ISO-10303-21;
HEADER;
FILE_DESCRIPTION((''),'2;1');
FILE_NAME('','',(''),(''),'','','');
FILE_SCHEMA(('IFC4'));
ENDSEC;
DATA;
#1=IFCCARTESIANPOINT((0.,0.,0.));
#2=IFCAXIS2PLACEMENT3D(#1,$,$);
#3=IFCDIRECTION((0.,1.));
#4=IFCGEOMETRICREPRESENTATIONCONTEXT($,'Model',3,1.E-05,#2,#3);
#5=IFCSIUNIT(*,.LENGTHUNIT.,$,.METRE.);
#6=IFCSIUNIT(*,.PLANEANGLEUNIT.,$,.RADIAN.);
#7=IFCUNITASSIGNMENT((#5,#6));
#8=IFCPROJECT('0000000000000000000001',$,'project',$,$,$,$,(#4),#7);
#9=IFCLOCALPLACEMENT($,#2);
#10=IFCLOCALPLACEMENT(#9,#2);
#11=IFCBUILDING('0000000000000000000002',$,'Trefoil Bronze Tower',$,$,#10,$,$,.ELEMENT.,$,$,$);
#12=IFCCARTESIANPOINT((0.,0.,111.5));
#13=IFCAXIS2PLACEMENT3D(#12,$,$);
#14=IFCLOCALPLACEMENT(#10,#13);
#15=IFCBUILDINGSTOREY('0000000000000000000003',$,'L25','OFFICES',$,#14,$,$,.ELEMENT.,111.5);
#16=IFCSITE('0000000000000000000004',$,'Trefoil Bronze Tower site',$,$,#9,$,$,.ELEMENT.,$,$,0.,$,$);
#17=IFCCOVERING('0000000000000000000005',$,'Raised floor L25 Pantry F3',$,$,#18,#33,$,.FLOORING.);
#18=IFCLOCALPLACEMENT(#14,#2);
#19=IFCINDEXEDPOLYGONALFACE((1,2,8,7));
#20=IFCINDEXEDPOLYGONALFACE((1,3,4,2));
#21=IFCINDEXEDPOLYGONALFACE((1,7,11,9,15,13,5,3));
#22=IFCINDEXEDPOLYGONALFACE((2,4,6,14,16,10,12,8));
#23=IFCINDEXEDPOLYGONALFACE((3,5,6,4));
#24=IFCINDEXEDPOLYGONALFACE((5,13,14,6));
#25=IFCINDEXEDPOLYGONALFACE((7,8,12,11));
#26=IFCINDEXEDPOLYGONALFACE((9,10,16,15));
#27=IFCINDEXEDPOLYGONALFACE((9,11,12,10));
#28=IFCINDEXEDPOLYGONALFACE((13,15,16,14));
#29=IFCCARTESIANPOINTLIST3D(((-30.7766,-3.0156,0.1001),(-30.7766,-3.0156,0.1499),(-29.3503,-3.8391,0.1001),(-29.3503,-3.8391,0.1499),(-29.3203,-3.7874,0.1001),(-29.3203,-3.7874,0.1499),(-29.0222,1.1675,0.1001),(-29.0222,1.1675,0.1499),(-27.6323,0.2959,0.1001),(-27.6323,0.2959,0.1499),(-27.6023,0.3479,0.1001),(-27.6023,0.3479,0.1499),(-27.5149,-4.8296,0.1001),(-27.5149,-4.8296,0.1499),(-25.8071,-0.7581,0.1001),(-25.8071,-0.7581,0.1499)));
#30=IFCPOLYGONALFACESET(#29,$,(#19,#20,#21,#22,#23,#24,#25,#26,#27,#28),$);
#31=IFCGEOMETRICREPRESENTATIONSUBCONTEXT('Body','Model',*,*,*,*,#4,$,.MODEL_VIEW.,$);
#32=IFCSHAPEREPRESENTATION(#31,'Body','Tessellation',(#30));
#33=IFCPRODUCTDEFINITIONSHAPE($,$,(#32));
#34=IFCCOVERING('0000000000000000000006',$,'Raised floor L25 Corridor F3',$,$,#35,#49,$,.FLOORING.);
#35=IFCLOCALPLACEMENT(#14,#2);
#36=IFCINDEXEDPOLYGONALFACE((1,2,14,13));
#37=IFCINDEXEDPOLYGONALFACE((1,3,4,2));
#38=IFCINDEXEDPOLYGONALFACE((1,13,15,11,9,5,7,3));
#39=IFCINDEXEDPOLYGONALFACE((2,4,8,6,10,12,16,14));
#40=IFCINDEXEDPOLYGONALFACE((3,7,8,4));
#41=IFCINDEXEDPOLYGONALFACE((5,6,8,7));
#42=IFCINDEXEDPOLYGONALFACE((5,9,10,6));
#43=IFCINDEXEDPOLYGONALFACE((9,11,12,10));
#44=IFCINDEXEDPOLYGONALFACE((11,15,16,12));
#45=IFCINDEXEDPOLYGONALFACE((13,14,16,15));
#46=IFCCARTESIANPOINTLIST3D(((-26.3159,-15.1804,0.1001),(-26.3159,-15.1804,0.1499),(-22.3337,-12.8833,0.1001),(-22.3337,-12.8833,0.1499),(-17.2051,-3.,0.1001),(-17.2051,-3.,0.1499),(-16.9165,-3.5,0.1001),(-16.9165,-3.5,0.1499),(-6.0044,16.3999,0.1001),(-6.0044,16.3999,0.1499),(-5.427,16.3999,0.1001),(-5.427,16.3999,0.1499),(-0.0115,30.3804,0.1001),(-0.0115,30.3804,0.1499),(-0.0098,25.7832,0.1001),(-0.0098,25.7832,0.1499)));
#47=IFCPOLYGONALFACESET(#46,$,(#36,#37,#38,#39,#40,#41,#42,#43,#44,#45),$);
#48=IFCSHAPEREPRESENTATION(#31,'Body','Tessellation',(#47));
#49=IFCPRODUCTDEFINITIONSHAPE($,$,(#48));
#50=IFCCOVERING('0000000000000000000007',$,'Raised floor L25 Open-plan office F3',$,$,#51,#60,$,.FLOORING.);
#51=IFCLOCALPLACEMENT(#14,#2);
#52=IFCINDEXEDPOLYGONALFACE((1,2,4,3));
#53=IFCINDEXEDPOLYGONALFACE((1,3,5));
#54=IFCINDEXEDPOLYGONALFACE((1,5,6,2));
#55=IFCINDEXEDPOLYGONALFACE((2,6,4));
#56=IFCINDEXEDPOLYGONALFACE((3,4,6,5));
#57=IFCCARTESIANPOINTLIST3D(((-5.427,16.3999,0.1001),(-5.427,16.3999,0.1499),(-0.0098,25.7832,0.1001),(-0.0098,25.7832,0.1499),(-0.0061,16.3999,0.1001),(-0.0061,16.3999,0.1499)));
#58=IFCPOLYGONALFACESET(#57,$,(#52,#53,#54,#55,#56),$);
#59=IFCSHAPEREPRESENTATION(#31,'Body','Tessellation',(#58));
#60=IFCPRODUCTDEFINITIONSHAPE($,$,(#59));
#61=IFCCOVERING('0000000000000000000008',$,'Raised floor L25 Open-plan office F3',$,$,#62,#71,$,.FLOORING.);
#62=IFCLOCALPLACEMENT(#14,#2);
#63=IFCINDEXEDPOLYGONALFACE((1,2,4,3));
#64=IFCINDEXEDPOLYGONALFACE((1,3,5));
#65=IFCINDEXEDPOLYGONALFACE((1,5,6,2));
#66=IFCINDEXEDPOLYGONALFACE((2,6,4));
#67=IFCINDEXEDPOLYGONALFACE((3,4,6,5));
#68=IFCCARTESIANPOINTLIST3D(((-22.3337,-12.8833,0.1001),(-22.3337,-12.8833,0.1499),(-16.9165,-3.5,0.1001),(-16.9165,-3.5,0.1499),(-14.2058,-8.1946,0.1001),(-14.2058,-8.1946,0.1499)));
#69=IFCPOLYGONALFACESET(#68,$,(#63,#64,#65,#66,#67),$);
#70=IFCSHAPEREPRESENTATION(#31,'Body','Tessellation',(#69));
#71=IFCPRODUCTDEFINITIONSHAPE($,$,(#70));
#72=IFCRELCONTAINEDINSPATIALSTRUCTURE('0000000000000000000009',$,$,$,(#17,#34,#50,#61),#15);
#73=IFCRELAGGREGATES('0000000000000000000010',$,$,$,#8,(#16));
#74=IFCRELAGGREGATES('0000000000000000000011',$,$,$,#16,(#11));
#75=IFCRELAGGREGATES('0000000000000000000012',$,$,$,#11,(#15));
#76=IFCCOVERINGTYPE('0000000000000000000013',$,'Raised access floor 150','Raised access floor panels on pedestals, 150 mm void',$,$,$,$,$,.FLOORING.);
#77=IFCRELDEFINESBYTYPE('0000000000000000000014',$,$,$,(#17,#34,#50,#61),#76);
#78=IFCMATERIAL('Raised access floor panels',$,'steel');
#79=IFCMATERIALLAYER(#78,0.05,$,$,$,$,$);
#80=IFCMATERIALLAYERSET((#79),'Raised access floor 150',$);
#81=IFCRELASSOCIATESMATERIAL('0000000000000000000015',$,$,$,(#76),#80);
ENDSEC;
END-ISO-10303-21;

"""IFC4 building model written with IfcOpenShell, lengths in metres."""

from ifc_helpers import new_model, si_unit, direction, frame, origin, place, context, subcontext, project, spatial, polyline, outline, extrude, material, layer, layer_set, type_object, element, save


model = new_model("IFC4")

# Units and contexts
model_context = context("Model", 3, precision=1e-05, world=origin(), true_north=direction((0.0, 1.0)))
body_context = subcontext(model_context, "Body", "Model", "MODEL_VIEW")
ifc_project = project(units=[si_unit("LENGTHUNIT", "METRE"), si_unit("PLANEANGLEUNIT", "RADIAN")], contexts=[model_context])

# Site, building, storey
site_placement = place(None, origin())
site = spatial("IfcSite", under=ifc_project, at=site_placement, Name="Trefoil Bronze Tower site", CompositionType="ELEMENT", RefElevation=0.0)
building_placement = place(site_placement, origin())
building = spatial("IfcBuilding", under=site, at=building_placement, Name="Trefoil Bronze Tower", CompositionType="ELEMENT")
storey_placement = place(building_placement, frame((0.0, 0.0, 111.5)))
storey = spatial("IfcBuildingStorey", under=building, at=storey_placement, Name="L25", Description="OFFICES", CompositionType="ELEMENT", Elevation=111.5)

# Coverings
ifc_material_1 = material(Name="Raised access floor panels", Category="steel")
ifc_layer_1 = layer(ifc_material_1, 0.05)
ifc_layer_set_1 = layer_set([ifc_layer_1], Name="Raised access floor 150")
covering_type_1 = type_object("IfcCoveringType", Name="Raised access floor 150", Description="Raised access floor panels on pedestals, 150 mm void", PredefinedType="FLOORING", material=ifc_layer_set_1)
covering_1_placement = place(storey_placement, frame((0.0, 0.0, 0.1001)))
element("IfcCovering", 1, at=covering_1_placement, inside=storey, type_object=covering_type_1, Name="Raised floor L25 Pantry F3", PredefinedType="FLOORING", context=body_context, shape_type="SweptSolid", body=[
    extrude(outline(polyline([(-30.7766, -3.0156), (-29.0222, 1.1675), (-27.6023, 0.3479), (-27.6323, 0.2959), (-25.8071, -0.7581), (-27.5149, -4.8296), (-29.3203, -3.7874), (-29.3503, -3.8391), (-30.7766, -3.0156)])), origin(), (0.0, 0.0, 1.0), 0.0498),
])
covering_2_placement = place(storey_placement, frame((0.0, 0.0, 0.1001)))
element("IfcCovering", 2, at=covering_2_placement, inside=storey, type_object=covering_type_1, Name="Raised floor L25 Corridor F3", PredefinedType="FLOORING", context=body_context, shape_type="SweptSolid", body=[
    extrude(outline(polyline([(-0.0115, 30.3804), (-0.0098, 25.7832), (-5.427, 16.3999), (-6.0044, 16.3999), (-17.2051, -3.0), (-16.9165, -3.5), (-22.3337, -12.8833), (-26.3159, -15.1804), (-0.0115, 30.3804)])), origin(), (0.0, 0.0, 1.0), 0.0498),
])
covering_3_placement = place(storey_placement, frame((0.0, 0.0, 0.1001)))
element("IfcCovering", 3, at=covering_3_placement, inside=storey, type_object=covering_type_1, Name="Raised floor L25 Open-plan office F3", PredefinedType="FLOORING", context=body_context, shape_type="SweptSolid", body=[
    extrude(outline(polyline([(-0.0061, 16.3999), (-5.427, 16.3999), (-0.0098, 25.7832), (-0.0061, 16.3999)])), origin(), (0.0, 0.0, 1.0), 0.0498),
])
covering_4_placement = place(storey_placement, frame((0.0, 0.0, 0.1001)))
element("IfcCovering", 4, at=covering_4_placement, inside=storey, type_object=covering_type_1, Name="Raised floor L25 Open-plan office F3", PredefinedType="FLOORING", context=body_context, shape_type="SweptSolid", body=[
    extrude(outline(polyline([(-14.2058, -8.1946), (-22.3337, -12.8833), (-16.9165, -3.5), (-14.2058, -8.1946)])), origin(), (0.0, 0.0, 1.0), 0.0498),
])

save(model, "model.ifc")
